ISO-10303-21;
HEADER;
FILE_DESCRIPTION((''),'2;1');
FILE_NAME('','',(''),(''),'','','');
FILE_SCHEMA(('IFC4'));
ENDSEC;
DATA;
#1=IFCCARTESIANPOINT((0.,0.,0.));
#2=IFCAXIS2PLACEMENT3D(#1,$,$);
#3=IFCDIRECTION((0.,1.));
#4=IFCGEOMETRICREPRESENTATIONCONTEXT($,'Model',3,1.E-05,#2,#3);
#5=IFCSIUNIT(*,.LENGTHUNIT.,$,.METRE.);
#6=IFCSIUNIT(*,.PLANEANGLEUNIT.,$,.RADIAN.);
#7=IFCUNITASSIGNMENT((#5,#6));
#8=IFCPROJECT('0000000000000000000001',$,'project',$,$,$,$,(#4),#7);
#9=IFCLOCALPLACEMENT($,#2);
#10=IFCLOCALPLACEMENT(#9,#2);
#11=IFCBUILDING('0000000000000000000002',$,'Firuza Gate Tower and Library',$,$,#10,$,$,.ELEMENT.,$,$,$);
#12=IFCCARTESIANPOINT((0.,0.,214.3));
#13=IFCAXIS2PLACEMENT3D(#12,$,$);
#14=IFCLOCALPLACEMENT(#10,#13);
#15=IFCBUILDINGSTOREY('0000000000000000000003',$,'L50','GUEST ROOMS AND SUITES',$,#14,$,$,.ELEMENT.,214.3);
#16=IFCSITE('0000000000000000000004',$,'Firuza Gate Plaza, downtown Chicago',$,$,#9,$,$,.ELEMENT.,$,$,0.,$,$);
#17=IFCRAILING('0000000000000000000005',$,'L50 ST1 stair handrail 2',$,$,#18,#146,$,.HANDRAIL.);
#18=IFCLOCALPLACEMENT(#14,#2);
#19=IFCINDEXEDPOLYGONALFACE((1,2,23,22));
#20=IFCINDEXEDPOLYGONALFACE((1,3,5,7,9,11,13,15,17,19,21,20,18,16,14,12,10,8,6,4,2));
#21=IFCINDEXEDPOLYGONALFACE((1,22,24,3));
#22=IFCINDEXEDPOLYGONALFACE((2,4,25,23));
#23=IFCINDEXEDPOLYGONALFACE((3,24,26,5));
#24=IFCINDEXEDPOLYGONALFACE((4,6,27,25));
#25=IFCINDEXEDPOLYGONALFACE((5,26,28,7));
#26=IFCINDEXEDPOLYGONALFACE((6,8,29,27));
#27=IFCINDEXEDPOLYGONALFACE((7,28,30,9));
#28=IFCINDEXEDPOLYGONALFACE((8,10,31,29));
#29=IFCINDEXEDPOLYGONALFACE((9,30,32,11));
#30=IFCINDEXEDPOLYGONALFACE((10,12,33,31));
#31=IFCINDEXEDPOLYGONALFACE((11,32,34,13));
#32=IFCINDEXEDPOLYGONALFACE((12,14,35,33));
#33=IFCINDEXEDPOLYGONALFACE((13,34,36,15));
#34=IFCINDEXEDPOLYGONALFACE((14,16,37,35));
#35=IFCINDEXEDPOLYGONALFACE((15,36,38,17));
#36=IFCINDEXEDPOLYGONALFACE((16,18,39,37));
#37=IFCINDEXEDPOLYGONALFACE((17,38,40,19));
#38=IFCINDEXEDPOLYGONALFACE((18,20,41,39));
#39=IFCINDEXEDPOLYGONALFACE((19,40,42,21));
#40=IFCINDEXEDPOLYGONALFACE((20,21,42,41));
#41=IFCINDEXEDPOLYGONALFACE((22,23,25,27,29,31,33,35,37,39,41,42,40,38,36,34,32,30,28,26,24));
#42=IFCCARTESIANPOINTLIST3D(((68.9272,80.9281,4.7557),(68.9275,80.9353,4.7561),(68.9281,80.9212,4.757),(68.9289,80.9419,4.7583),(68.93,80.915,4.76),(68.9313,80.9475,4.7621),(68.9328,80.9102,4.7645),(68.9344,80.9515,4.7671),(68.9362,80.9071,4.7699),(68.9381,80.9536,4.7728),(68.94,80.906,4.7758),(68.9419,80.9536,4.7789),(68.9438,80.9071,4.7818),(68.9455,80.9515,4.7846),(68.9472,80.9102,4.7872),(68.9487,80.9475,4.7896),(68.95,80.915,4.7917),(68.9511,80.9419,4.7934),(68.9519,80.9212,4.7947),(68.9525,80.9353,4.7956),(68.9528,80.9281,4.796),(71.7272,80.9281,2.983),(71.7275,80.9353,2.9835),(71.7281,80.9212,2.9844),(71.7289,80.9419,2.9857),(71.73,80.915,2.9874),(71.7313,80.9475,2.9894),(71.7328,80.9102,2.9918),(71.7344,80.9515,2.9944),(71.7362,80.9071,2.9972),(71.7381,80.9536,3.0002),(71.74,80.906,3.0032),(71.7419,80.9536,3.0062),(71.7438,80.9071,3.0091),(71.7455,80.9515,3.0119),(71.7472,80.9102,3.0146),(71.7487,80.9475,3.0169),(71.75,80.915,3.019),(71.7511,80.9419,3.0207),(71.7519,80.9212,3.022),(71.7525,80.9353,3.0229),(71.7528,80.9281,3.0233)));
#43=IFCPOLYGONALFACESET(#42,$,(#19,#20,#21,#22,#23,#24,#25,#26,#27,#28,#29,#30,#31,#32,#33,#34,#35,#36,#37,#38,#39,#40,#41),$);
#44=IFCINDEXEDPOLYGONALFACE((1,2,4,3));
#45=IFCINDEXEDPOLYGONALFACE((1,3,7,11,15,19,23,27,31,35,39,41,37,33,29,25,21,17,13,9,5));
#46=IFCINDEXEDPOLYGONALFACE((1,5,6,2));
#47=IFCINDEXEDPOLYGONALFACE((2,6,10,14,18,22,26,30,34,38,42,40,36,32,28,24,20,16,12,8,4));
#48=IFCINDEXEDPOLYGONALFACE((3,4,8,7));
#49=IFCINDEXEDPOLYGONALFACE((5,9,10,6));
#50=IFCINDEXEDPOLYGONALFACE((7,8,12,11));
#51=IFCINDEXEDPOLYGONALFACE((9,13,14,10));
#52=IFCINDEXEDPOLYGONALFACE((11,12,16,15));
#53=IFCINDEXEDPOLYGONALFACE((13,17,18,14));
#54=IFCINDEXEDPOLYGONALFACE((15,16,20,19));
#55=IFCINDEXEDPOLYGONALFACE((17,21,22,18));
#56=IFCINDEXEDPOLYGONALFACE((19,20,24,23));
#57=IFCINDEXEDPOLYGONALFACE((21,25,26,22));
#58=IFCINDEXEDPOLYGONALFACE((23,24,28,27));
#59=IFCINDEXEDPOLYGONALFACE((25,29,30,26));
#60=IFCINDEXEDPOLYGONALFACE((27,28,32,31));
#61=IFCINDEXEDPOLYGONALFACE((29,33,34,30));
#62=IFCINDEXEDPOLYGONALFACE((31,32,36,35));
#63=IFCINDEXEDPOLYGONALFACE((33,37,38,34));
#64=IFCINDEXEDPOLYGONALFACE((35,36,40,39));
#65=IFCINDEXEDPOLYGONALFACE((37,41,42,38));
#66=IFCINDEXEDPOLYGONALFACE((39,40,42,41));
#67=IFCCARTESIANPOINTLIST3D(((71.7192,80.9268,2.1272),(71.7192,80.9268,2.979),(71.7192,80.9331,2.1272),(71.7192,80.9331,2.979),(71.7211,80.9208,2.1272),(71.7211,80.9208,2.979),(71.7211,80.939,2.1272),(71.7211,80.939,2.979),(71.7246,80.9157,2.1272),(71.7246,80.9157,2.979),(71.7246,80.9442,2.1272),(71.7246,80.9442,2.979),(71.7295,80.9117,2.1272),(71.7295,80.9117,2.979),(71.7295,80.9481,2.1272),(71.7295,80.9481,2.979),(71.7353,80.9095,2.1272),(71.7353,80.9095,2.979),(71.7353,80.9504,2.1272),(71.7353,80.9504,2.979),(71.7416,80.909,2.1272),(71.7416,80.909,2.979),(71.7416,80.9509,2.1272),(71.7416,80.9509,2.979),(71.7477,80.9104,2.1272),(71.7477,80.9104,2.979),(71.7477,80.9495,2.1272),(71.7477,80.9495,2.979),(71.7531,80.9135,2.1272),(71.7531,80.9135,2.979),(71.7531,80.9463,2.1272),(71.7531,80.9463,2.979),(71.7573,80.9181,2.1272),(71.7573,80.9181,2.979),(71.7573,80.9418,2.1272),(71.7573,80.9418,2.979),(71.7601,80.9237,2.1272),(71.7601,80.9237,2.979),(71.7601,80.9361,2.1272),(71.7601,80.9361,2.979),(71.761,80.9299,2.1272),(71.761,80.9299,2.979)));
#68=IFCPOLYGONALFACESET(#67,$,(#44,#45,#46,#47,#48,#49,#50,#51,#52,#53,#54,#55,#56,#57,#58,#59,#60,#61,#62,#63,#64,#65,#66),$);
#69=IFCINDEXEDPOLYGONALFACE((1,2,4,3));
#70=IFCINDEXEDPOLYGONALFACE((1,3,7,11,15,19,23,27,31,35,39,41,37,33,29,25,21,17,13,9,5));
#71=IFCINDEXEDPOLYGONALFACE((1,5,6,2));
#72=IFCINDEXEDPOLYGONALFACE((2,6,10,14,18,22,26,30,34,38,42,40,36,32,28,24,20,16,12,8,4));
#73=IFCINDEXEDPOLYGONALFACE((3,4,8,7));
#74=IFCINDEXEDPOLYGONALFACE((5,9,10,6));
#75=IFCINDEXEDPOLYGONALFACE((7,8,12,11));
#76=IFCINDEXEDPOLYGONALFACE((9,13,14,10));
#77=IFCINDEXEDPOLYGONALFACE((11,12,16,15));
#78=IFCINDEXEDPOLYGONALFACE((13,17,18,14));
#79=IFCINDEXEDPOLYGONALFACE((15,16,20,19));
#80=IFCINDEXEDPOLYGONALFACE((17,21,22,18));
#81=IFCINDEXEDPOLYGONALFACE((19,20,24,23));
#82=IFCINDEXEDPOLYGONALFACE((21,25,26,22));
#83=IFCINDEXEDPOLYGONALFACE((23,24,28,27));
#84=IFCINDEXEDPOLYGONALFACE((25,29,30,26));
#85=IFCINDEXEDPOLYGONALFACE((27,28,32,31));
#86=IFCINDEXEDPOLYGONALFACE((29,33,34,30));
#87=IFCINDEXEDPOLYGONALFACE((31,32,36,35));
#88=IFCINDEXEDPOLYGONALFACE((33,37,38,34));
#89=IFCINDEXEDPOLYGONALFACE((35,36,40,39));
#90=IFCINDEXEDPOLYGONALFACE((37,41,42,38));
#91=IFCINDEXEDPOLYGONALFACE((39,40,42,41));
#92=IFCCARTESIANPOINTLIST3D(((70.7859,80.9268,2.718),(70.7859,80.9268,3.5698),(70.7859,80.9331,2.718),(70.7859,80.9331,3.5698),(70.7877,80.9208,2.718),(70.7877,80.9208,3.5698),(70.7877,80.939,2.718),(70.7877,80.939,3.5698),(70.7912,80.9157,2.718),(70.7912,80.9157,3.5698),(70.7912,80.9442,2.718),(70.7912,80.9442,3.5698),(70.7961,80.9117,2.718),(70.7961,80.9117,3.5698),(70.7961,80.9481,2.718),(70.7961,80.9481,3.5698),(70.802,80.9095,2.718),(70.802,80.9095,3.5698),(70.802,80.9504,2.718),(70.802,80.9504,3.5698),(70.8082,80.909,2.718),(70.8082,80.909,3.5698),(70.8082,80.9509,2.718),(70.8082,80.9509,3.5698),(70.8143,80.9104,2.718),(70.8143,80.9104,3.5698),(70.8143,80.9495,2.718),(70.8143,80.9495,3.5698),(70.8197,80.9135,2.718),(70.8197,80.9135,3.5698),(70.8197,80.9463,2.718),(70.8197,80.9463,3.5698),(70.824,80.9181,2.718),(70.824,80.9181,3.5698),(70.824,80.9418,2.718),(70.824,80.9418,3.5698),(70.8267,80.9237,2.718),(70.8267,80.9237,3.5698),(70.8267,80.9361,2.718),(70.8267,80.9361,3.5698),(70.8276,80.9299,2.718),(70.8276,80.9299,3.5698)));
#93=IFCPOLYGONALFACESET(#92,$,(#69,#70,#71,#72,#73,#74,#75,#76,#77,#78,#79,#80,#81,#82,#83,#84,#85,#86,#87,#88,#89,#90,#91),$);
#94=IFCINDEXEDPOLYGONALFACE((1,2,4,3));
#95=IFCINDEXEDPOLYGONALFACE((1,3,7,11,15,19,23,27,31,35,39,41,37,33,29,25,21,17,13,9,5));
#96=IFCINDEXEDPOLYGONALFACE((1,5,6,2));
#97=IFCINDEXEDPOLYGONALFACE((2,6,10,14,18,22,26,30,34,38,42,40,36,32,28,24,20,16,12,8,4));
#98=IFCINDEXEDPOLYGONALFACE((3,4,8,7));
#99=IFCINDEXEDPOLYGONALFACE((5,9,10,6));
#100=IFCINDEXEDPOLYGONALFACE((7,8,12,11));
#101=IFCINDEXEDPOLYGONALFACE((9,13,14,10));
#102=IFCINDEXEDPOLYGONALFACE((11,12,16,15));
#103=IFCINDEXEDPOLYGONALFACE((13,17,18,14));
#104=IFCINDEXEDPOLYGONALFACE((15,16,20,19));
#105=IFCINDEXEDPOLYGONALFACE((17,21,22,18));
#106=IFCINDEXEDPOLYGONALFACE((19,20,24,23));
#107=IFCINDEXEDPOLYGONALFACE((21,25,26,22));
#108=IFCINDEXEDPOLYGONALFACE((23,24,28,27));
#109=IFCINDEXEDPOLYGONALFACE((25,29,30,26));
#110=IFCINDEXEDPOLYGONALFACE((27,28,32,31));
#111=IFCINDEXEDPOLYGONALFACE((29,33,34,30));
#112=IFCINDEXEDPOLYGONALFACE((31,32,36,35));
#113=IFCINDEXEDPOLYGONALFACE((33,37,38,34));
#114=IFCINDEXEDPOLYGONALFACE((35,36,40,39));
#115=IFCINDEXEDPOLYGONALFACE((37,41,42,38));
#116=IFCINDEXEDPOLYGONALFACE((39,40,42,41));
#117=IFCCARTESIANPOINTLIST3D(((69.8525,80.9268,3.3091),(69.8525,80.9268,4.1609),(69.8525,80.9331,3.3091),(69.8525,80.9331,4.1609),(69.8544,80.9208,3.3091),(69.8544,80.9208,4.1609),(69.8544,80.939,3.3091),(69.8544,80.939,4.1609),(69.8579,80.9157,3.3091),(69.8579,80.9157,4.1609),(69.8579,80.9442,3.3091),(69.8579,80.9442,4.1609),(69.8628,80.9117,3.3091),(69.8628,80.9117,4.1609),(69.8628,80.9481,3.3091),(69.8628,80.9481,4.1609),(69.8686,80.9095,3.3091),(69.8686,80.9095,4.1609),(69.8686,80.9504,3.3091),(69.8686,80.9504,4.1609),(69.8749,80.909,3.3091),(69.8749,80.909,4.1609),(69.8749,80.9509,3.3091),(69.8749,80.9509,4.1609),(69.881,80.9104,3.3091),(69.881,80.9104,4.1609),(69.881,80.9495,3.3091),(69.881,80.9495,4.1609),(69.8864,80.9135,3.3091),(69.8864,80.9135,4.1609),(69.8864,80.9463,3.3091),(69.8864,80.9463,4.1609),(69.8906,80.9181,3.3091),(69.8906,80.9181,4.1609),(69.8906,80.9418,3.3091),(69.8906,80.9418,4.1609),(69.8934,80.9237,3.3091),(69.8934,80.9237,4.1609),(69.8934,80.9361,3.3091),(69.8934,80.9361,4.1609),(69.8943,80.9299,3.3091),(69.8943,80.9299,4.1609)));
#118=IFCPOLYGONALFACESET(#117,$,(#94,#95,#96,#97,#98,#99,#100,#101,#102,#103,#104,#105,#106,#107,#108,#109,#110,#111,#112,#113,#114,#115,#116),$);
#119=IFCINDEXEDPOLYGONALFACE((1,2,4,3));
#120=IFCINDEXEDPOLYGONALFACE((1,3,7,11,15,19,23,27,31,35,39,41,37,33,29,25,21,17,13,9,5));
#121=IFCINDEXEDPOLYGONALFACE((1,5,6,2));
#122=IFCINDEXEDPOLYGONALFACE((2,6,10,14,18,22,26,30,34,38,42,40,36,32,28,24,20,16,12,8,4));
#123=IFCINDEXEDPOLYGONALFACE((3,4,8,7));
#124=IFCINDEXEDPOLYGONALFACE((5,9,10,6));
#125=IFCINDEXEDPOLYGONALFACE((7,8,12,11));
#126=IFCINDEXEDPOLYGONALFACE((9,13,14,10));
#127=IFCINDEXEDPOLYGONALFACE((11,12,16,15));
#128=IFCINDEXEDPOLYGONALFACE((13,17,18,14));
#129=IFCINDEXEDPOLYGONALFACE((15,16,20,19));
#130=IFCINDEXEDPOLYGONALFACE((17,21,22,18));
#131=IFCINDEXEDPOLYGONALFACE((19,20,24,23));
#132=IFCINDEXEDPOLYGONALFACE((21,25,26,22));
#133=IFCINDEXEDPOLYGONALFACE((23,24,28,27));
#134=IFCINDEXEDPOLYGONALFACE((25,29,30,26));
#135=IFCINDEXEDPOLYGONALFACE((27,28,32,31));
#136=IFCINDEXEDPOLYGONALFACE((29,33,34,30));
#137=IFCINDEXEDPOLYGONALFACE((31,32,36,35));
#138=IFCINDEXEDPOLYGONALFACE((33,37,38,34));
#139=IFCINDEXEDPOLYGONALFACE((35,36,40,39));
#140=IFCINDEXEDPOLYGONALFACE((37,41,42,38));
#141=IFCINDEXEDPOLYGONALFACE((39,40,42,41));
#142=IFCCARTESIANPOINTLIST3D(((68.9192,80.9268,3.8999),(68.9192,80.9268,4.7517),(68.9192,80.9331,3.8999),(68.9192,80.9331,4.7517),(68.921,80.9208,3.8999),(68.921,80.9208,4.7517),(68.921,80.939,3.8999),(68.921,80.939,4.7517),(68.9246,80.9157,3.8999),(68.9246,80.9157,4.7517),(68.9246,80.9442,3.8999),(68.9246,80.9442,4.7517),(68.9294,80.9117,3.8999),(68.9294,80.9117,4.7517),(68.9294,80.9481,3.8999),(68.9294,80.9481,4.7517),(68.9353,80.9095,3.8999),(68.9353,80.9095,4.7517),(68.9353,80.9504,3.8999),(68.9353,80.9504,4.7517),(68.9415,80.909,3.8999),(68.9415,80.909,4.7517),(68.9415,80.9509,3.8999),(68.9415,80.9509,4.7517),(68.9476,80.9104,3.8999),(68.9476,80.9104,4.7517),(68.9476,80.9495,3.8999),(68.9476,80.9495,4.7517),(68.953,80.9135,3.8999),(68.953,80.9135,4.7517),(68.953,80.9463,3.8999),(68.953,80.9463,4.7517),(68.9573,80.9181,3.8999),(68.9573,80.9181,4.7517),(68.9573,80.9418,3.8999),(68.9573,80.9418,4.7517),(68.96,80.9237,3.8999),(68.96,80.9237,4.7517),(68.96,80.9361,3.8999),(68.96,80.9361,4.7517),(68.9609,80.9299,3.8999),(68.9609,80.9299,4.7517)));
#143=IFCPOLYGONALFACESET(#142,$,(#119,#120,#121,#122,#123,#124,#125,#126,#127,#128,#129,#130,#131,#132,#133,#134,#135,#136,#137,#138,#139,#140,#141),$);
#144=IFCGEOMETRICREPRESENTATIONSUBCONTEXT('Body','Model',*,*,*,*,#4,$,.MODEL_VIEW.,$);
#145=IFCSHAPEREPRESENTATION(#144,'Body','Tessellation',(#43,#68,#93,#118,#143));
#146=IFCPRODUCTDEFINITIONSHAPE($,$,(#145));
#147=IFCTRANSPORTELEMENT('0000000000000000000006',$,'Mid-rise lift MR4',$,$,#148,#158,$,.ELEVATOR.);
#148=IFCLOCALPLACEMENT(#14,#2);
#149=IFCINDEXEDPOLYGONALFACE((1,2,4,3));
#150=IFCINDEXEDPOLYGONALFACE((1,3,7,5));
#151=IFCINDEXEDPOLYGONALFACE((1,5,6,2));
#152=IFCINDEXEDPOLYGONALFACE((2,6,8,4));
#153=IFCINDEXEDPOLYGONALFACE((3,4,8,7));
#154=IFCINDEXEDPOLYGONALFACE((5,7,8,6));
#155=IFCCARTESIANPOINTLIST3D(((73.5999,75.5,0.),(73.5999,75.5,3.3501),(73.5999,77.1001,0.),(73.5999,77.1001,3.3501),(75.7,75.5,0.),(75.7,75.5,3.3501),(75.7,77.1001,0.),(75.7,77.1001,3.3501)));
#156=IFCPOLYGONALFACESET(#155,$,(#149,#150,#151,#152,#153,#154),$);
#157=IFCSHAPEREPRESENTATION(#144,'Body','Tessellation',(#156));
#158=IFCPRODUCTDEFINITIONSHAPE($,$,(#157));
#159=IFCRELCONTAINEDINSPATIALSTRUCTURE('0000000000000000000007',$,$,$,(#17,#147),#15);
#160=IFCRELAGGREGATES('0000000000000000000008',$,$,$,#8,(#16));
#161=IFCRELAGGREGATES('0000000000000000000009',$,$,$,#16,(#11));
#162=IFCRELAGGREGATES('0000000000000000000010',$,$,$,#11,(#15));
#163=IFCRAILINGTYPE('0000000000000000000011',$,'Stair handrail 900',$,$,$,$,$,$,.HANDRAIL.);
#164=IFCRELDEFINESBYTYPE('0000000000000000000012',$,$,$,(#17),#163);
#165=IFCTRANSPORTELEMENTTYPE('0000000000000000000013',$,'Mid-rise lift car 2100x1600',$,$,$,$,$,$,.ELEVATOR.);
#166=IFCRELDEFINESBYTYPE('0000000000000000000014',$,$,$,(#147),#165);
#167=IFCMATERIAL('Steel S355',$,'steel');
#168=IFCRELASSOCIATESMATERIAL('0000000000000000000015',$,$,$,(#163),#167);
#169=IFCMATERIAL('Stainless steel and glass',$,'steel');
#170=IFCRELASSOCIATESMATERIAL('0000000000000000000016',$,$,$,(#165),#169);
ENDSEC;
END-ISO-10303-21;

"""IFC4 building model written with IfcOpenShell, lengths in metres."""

from ifc_helpers import new_model, si_unit, direction, frame, origin, origin_2d, place, context, subcontext, project, spatial, rectangle, circle, extrude, material, type_object, element, save


model = new_model("IFC4")

# Units and contexts
model_context = context("Model", 3, precision=1e-05, world=origin(), true_north=direction((0.0, 1.0)))
body_context = subcontext(model_context, "Body", "Model", "MODEL_VIEW")
ifc_project = project(units=[si_unit("LENGTHUNIT", "METRE"), si_unit("PLANEANGLEUNIT", "RADIAN")], contexts=[model_context])

# Site, building, storey
site_placement = place(None, origin())
site = spatial("IfcSite", under=ifc_project, at=site_placement, Name="Firuza Gate Plaza, downtown Chicago", CompositionType="ELEMENT", RefElevation=0.0)
building_placement = place(site_placement, origin())
building = spatial("IfcBuilding", under=site, at=building_placement, Name="Firuza Gate Tower and Library", CompositionType="ELEMENT")
storey_placement = place(building_placement, frame((0.0, 0.0, 214.3)))
storey = spatial("IfcBuildingStorey", under=building, at=storey_placement, Name="L50", Description="GUEST ROOMS AND SUITES", CompositionType="ELEMENT", Elevation=214.3)

# Railing
ifc_material_1 = material(Name="Steel S355", Category="steel")
railing_type_1 = type_object("IfcRailingType", Name="Stair handrail 900", PredefinedType="HANDRAIL", material=ifc_material_1)
railing_1_placement = place(storey_placement, frame((71.74, 80.9299, 2.1272)))
element("IfcRailing", 1, at=railing_1_placement, inside=storey, type_object=railing_type_1, Name="L50 ST1 stair handrail 2", PredefinedType="HANDRAIL", context=body_context, shape_type="SweptSolid", body=[
    extrude(circle(Radius=0.0239, at=origin_2d()), frame((0.0, 0.0, 0.876), z_axis=(-0.844909, 0.0, 0.53491), x_axis=(0.0, -1.0, 0.0)), (0.0, 0.0, 1.0), 3.314),
    extrude(circle(Radius=0.021, at=origin_2d()), origin(), (0.0, 0.0, 1.0), 0.8518),
    extrude(circle(Radius=0.021, at=origin_2d()), frame((-0.9333, 0.0, 0.5908)), (0.0, 0.0, 1.0), 0.8518),
    extrude(circle(Radius=0.021, at=origin_2d()), frame((-1.8667, 0.0, 1.1819)), (0.0, 0.0, 1.0), 0.8518),
    extrude(circle(Radius=0.021, at=origin_2d()), frame((-2.8, 0.0, 1.7727)), (0.0, 0.0, 1.0), 0.8518),
])

# Transport element
ifc_material_2 = material(Name="Stainless steel and glass", Category="steel")
transport_element_type = type_object("IfcTransportElementType", Name="Mid-rise lift car 2100x1600", PredefinedType="ELEVATOR", material=ifc_material_2)
transport_element_placement = place(storey_placement, frame((74.6499, 76.3, 0.0), z_axis=(0.0, 0.0, 1.0), x_axis=(1.0, 0.0, 0.0)))
element("IfcTransportElement", 2, at=transport_element_placement, inside=storey, type_object=transport_element_type, Name="Mid-rise lift MR4", PredefinedType="ELEVATOR", context=body_context, shape_type="SweptSolid", body=[
    extrude(rectangle(XDim=2.1001, YDim=1.6001, at=origin_2d()), origin(), (0.0, 0.0, 1.0), 3.3501),
])

save(model, "model.ifc")
